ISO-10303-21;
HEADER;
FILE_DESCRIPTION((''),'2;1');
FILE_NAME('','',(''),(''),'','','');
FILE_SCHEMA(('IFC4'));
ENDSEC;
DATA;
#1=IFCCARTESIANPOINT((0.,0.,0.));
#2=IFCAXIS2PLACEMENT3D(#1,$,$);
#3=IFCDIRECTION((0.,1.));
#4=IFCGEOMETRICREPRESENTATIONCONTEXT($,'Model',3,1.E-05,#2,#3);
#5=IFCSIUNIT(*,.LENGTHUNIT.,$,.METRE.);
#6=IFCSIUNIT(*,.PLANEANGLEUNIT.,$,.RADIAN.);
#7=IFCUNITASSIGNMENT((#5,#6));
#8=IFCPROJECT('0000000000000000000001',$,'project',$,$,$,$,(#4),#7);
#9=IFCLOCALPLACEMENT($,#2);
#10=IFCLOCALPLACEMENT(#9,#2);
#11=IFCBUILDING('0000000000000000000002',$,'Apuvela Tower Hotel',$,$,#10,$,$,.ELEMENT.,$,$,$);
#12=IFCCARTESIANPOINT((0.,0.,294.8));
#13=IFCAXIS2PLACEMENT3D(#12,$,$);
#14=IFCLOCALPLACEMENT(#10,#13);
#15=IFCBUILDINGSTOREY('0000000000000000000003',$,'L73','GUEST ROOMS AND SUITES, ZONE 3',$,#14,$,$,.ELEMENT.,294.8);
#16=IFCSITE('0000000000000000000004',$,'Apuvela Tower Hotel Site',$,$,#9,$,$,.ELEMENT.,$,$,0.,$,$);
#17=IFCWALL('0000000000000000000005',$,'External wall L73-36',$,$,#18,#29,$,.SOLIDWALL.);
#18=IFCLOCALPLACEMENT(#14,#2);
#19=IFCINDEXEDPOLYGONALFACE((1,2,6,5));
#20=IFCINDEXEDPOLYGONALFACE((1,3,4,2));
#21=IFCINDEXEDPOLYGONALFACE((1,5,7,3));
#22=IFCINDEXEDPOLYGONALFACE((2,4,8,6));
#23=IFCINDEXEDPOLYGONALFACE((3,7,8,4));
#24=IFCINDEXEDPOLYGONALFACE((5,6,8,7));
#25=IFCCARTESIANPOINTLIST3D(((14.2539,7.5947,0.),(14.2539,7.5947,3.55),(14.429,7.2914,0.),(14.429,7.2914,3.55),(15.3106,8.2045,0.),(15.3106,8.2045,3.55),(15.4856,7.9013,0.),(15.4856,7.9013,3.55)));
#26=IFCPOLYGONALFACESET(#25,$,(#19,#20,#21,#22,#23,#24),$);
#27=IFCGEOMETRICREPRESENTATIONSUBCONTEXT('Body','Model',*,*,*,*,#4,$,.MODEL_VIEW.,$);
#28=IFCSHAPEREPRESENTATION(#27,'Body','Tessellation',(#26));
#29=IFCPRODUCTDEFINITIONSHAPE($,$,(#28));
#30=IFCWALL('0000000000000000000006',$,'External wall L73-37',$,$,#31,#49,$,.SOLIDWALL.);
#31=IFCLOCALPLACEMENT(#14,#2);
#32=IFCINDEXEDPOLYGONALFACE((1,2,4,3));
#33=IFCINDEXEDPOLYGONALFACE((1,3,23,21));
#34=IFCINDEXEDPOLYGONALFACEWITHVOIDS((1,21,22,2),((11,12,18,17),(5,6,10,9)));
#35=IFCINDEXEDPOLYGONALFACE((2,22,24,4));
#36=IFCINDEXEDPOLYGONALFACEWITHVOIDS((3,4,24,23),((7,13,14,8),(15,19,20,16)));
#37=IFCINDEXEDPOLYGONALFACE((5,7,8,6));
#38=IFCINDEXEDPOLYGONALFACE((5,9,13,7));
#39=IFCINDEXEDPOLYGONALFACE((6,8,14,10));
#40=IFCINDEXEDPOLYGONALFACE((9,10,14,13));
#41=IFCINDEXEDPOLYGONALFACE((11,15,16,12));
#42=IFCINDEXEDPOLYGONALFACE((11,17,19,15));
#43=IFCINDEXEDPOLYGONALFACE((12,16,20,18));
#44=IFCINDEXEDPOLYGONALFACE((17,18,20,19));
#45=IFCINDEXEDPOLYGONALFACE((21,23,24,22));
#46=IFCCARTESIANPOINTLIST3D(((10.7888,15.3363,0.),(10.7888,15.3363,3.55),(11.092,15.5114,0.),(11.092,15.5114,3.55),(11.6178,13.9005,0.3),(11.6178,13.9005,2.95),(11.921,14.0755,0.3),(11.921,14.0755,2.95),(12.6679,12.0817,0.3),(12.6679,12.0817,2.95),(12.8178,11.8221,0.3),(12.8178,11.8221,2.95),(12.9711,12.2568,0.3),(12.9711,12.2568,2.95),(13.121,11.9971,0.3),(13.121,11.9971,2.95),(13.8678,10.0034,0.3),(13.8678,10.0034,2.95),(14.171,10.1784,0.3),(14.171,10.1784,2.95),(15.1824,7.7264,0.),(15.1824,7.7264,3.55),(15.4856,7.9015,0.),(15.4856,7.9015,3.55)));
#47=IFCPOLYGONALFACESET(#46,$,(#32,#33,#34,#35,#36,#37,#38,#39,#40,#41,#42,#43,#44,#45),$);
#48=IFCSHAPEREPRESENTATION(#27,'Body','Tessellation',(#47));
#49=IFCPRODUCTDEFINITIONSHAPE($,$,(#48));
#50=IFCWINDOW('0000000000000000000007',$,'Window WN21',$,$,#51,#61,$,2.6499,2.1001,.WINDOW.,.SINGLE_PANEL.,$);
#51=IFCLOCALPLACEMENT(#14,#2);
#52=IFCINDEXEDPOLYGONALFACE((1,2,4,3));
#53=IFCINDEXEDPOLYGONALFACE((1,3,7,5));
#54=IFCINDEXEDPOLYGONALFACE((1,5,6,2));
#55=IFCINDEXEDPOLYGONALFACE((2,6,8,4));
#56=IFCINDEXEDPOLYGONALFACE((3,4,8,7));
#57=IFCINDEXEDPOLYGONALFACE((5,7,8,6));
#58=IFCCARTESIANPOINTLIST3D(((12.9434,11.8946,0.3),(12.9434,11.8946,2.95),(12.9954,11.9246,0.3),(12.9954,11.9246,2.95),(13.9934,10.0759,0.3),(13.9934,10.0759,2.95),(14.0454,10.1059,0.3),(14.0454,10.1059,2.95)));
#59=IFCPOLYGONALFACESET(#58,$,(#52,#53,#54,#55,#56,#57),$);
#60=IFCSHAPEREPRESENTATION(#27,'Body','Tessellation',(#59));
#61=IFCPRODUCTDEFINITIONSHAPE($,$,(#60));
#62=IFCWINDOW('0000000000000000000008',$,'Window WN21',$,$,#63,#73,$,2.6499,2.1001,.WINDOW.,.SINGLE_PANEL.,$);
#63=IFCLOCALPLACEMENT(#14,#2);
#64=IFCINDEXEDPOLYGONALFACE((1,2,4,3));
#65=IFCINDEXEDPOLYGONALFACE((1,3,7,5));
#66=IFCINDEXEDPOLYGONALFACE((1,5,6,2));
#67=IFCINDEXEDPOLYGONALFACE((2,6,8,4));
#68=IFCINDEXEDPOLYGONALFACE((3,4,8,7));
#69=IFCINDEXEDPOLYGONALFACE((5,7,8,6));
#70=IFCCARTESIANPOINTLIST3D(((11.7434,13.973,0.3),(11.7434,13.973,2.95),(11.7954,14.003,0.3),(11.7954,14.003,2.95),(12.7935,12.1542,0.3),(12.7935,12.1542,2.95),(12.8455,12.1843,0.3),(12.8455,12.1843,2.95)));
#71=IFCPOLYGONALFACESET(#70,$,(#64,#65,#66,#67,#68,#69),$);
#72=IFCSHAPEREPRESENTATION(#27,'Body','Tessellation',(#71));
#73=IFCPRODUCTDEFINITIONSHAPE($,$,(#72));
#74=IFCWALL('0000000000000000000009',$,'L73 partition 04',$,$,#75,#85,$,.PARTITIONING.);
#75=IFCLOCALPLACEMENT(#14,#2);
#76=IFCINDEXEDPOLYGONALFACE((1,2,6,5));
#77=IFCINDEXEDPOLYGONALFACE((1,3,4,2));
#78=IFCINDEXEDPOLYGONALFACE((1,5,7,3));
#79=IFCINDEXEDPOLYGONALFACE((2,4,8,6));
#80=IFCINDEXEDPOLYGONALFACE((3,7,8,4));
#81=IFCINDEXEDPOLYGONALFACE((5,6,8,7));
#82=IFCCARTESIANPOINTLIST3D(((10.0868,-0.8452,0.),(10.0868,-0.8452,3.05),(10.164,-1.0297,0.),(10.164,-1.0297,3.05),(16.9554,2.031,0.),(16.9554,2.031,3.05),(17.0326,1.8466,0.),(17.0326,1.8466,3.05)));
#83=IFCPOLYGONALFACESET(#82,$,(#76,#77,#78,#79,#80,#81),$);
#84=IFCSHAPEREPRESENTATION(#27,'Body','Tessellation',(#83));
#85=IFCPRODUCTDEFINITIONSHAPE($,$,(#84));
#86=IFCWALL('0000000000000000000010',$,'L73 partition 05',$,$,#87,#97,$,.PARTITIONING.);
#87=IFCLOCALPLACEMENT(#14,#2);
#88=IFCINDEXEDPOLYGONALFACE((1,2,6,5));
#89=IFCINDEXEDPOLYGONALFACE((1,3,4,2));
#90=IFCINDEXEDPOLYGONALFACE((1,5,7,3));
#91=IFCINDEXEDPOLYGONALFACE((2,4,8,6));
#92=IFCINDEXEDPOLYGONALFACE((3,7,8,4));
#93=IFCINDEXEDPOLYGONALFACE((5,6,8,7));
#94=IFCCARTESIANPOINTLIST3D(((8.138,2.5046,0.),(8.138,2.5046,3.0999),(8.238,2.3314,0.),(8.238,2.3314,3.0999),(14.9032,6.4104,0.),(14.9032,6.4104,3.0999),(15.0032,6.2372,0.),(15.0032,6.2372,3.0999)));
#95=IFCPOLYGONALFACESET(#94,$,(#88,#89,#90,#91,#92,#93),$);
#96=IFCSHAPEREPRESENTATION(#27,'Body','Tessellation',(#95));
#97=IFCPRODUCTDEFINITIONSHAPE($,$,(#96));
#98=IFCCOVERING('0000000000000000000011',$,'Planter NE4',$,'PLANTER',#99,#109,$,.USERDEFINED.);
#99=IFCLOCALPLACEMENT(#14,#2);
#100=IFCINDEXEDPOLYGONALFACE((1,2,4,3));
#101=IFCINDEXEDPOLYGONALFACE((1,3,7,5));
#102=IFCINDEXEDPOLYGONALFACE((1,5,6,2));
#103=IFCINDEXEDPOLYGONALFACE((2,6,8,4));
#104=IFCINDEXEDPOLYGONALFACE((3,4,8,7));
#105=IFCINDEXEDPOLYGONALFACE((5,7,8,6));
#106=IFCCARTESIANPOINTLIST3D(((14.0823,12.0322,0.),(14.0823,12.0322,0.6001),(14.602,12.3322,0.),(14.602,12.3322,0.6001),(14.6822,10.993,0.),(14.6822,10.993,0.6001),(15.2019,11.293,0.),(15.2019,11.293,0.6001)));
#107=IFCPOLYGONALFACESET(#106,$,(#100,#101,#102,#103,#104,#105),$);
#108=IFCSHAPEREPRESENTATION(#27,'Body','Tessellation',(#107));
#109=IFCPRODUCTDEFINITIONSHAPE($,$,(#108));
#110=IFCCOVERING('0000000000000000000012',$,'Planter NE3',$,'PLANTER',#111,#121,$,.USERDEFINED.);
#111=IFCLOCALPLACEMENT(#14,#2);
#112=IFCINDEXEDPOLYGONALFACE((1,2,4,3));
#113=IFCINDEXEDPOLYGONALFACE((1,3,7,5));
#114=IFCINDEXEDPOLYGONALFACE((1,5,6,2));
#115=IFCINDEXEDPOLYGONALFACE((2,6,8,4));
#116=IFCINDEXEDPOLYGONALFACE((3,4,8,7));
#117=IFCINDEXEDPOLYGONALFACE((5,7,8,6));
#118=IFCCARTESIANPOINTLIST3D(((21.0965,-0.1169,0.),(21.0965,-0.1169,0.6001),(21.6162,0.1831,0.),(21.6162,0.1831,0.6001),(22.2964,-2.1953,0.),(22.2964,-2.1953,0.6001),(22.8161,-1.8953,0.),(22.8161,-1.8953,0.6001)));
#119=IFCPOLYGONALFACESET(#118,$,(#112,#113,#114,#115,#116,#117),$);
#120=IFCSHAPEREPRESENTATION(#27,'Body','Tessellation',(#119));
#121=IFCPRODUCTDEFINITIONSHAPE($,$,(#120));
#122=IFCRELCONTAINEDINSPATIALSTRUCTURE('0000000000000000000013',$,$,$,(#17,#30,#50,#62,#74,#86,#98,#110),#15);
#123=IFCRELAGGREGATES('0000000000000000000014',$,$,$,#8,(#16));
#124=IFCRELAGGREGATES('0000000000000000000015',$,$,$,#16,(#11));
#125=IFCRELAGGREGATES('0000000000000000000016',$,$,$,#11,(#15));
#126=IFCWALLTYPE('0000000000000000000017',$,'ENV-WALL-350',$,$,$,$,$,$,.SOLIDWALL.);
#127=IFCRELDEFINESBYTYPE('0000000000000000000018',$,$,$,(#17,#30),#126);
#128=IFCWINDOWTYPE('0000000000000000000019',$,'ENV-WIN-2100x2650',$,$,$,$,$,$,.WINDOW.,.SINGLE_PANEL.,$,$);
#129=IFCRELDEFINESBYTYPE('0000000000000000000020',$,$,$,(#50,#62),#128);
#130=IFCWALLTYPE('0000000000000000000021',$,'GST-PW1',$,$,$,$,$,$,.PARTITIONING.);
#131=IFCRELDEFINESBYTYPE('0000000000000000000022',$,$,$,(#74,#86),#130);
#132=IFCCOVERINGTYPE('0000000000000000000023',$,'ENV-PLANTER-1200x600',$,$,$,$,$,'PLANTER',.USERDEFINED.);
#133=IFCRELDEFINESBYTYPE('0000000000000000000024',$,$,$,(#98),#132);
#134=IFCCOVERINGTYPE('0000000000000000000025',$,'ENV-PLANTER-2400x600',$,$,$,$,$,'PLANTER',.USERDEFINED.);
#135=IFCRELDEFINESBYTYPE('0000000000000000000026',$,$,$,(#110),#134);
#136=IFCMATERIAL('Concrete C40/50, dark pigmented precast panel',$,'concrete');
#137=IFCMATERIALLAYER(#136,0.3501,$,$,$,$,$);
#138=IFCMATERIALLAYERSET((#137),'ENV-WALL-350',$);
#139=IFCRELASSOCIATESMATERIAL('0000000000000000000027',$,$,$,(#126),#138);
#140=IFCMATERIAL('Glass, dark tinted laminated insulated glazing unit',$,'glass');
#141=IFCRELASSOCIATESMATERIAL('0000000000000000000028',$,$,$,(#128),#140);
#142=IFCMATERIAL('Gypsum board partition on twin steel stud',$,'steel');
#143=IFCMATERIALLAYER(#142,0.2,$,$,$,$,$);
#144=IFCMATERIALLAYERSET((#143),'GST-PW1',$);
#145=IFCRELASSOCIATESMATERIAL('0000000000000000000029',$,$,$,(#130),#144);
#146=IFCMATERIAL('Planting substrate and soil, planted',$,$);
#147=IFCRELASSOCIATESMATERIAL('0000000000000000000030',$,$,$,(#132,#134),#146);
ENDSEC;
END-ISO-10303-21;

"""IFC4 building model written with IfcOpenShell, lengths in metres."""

from ifc_helpers import new_model, si_unit, direction, frame, frame_2d, origin, origin_2d, place, context, subcontext, project, spatial, rectangle, extrude, material, layer, layer_set, type_object, element, fill, save


model = new_model("IFC4")

# Units and contexts
model_context = context("Model", 3, precision=1e-05, world=origin(), true_north=direction((0.0, 1.0)))
body_context = subcontext(model_context, "Body", "Model", "MODEL_VIEW")
ifc_project = project(units=[si_unit("LENGTHUNIT", "METRE"), si_unit("PLANEANGLEUNIT", "RADIAN")], contexts=[model_context])

# Site, building, storey
site_placement = place(None, origin())
site = spatial("IfcSite", under=ifc_project, at=site_placement, Name="Apuvela Tower Hotel Site", CompositionType="ELEMENT", RefElevation=0.0)
building_placement = place(site_placement, origin())
building = spatial("IfcBuilding", under=site, at=building_placement, Name="Apuvela Tower Hotel", CompositionType="ELEMENT")
storey_placement = place(building_placement, frame((0.0, 0.0, 294.8)))
storey = spatial("IfcBuildingStorey", under=building, at=storey_placement, Name="L73", Description="GUEST ROOMS AND SUITES, ZONE 3", CompositionType="ELEMENT", Elevation=294.8)

# Shared definitions
ifc_material_1 = material(Name="Concrete C40/50, dark pigmented precast panel", Category="concrete")
ifc_layer_1 = layer(ifc_material_1, 0.3501)
ifc_layer_set_1 = layer_set([ifc_layer_1], Name="ENV-WALL-350")
wall_type_1 = type_object("IfcWallType", Name="ENV-WALL-350", PredefinedType="SOLIDWALL", material=ifc_layer_set_1)

# Shared definitions
ifc_material_2 = material(Name="Glass, dark tinted laminated insulated glazing unit", Category="glass")

# Wall
wall_1_placement = place(storey_placement, frame((14.3416, 7.4431, 0.0), z_axis=(0.0, 0.0, 1.0), x_axis=(0.866092, 0.499884, 0.0)))
element("IfcWall", 1, at=wall_1_placement, inside=storey, type_object=wall_type_1, Name="External wall L73-36", PredefinedType="SOLIDWALL", context=body_context, shape_type="SweptSolid", body=[
    extrude(rectangle(XDim=1.22, YDim=0.3501, at=frame_2d((0.6099, 0.0))), origin(), (0.0, 0.0, 1.0), 3.55),
])

# Wall, openings, windows
wall_2_placement = place(storey_placement, frame((15.334, 7.814, 0.0), z_axis=(0.0, 0.0, 1.0), x_axis=(-0.5, 0.866025, 0.0)))
wall_2 = element("IfcWall", 2, at=wall_2_placement, inside=storey, type_object=wall_type_1, Name="External wall L73-37", PredefinedType="SOLIDWALL", context=body_context, shape_type="SweptSolid", body=[
    extrude(rectangle(XDim=8.7871, YDim=0.3501, at=frame_2d((4.3936, 0.0))), origin(), (0.0, 0.0, 1.0), 3.55),
])
opening_1_placement = place(wall_2_placement, frame((2.6292, 0.0, 0.3)))
opening_1 = element("IfcOpeningElement", 3, at=opening_1_placement, cuts=wall_2, PredefinedType="OPENING", context=body_context, shape_type="SweptSolid", body=[
    extrude(rectangle(XDim=2.1001, YDim=2.6499, at=frame_2d((1.05, 1.325))), frame((0.0, 0.1851, 0.0), z_axis=(0.0, -1.0, 0.0), x_axis=(1.0, 0.0, 0.0)), (0.0, 0.0, 1.0), 0.3701),
])
opening_2_placement = place(wall_2_placement, frame((5.0291, 0.0, 0.3)))
opening_2 = element("IfcOpeningElement", 4, at=opening_2_placement, cuts=wall_2, PredefinedType="OPENING", context=body_context, shape_type="SweptSolid", body=[
    extrude(rectangle(XDim=2.1001, YDim=2.6499, at=frame_2d((1.05, 1.325))), frame((0.0, 0.1851, 0.0), z_axis=(0.0, -1.0, 0.0), x_axis=(1.0, 0.0, 0.0)), (0.0, 0.0, 1.0), 0.3701),
])
window_type_1 = type_object("IfcWindowType", Name="ENV-WIN-2100x2650", PartitioningType="SINGLE_PANEL", PredefinedType="WINDOW", material=ifc_material_2)
window_1_placement = place(opening_1_placement, origin())
window_1 = element("IfcWindow", 5, at=window_1_placement, inside=storey, type_object=window_type_1, Name="Window WN21", OverallHeight=2.6499, OverallWidth=2.1001, PartitioningType="SINGLE_PANEL", PredefinedType="WINDOW", context=body_context, shape_type="SweptSolid", body=[
    extrude(rectangle(XDim=2.1001, YDim=2.6499, at=frame_2d((1.05, 1.325))), frame((0.0, 0.03, 0.0), z_axis=(0.0, -1.0, 0.0), x_axis=(1.0, 0.0, 0.0)), (0.0, 0.0, 1.0), 0.0601),
])
fill(opening_1, window_1)
window_2_placement = place(opening_2_placement, origin())
window_2 = element("IfcWindow", 6, at=window_2_placement, inside=storey, type_object=window_type_1, Name="Window WN21", OverallHeight=2.6499, OverallWidth=2.1001, PartitioningType="SINGLE_PANEL", PredefinedType="WINDOW", context=body_context, shape_type="SweptSolid", body=[
    extrude(rectangle(XDim=2.1001, YDim=2.6499, at=frame_2d((1.05, 1.325))), frame((0.0, 0.03, 0.0), z_axis=(0.0, -1.0, 0.0), x_axis=(1.0, 0.0, 0.0)), (0.0, 0.0, 1.0), 0.0601),
])
fill(opening_2, window_2)

# Walls
ifc_material_3 = material(Name="Gypsum board partition on twin steel stud", Category="steel")
ifc_layer_2 = layer(ifc_material_3, 0.2)
ifc_layer_set_2 = layer_set([ifc_layer_2], Name="GST-PW1")
wall_type_2 = type_object("IfcWallType", Name="GST-PW1", PredefinedType="PARTITIONING", material=ifc_layer_set_2)
wall_3_placement = place(storey_placement, frame((16.9939, 1.9387, 0.0), z_axis=(0.0, 0.0, 1.0), x_axis=(-0.922395, -0.386249, 0.0)))
element("IfcWall", 7, at=wall_3_placement, inside=storey, type_object=wall_type_2, Name="L73 partition 04", PredefinedType="PARTITIONING", context=body_context, shape_type="SweptSolid", body=[
    extrude(rectangle(XDim=7.4465, YDim=0.2, at=frame_2d((3.7231, 0.0))), origin(), (0.0, 0.0, 1.0), 3.05),
])
wall_4_placement = place(storey_placement, frame((14.9531, 6.3237, 0.0), z_axis=(0.0, 0.0, 1.0), x_axis=(-0.86603, -0.499991, 0.0)))
element("IfcWall", 8, at=wall_4_placement, inside=storey, type_object=wall_type_2, Name="L73 partition 05", PredefinedType="PARTITIONING", context=body_context, shape_type="SweptSolid", body=[
    extrude(rectangle(XDim=7.8118, YDim=0.2, at=frame_2d((3.9058, 0.0))), origin(), (0.0, 0.0, 1.0), 3.0999),
])

# Coverings
ifc_material_4 = material(Name="Planting substrate and soil, planted")
covering_type_1 = type_object("IfcCoveringType", Name="ENV-PLANTER-1200x600", ElementType="PLANTER", PredefinedType="USERDEFINED", material=ifc_material_4)
covering_1_placement = place(storey_placement, frame((14.6421, 11.6626, 0.0), z_axis=(0.0, 0.0, 1.0), x_axis=(-0.5, 0.866025, 0.0)))
element("IfcCovering", 9, at=covering_1_placement, inside=storey, type_object=covering_type_1, Name="Planter NE4", ObjectType="PLANTER", PredefinedType="USERDEFINED", context=body_context, shape_type="SweptSolid", body=[
    extrude(rectangle(XDim=1.2, YDim=0.6001, at=origin_2d()), origin(), (0.0, 0.0, 1.0), 0.6001),
])
covering_type_2 = type_object("IfcCoveringType", Name="ENV-PLANTER-2400x600", ElementType="PLANTER", PredefinedType="USERDEFINED", material=ifc_material_4)
covering_2_placement = place(storey_placement, frame((21.9563, -1.0061, 0.0), z_axis=(0.0, 0.0, 1.0), x_axis=(-0.5, 0.866025, 0.0)))
element("IfcCovering", 10, at=covering_2_placement, inside=storey, type_object=covering_type_2, Name="Planter NE3", ObjectType="PLANTER", PredefinedType="USERDEFINED", context=body_context, shape_type="SweptSolid", body=[
    extrude(rectangle(XDim=2.3999, YDim=0.6001, at=origin_2d()), origin(), (0.0, 0.0, 1.0), 0.6001),
])

save(model, "model.ifc")
